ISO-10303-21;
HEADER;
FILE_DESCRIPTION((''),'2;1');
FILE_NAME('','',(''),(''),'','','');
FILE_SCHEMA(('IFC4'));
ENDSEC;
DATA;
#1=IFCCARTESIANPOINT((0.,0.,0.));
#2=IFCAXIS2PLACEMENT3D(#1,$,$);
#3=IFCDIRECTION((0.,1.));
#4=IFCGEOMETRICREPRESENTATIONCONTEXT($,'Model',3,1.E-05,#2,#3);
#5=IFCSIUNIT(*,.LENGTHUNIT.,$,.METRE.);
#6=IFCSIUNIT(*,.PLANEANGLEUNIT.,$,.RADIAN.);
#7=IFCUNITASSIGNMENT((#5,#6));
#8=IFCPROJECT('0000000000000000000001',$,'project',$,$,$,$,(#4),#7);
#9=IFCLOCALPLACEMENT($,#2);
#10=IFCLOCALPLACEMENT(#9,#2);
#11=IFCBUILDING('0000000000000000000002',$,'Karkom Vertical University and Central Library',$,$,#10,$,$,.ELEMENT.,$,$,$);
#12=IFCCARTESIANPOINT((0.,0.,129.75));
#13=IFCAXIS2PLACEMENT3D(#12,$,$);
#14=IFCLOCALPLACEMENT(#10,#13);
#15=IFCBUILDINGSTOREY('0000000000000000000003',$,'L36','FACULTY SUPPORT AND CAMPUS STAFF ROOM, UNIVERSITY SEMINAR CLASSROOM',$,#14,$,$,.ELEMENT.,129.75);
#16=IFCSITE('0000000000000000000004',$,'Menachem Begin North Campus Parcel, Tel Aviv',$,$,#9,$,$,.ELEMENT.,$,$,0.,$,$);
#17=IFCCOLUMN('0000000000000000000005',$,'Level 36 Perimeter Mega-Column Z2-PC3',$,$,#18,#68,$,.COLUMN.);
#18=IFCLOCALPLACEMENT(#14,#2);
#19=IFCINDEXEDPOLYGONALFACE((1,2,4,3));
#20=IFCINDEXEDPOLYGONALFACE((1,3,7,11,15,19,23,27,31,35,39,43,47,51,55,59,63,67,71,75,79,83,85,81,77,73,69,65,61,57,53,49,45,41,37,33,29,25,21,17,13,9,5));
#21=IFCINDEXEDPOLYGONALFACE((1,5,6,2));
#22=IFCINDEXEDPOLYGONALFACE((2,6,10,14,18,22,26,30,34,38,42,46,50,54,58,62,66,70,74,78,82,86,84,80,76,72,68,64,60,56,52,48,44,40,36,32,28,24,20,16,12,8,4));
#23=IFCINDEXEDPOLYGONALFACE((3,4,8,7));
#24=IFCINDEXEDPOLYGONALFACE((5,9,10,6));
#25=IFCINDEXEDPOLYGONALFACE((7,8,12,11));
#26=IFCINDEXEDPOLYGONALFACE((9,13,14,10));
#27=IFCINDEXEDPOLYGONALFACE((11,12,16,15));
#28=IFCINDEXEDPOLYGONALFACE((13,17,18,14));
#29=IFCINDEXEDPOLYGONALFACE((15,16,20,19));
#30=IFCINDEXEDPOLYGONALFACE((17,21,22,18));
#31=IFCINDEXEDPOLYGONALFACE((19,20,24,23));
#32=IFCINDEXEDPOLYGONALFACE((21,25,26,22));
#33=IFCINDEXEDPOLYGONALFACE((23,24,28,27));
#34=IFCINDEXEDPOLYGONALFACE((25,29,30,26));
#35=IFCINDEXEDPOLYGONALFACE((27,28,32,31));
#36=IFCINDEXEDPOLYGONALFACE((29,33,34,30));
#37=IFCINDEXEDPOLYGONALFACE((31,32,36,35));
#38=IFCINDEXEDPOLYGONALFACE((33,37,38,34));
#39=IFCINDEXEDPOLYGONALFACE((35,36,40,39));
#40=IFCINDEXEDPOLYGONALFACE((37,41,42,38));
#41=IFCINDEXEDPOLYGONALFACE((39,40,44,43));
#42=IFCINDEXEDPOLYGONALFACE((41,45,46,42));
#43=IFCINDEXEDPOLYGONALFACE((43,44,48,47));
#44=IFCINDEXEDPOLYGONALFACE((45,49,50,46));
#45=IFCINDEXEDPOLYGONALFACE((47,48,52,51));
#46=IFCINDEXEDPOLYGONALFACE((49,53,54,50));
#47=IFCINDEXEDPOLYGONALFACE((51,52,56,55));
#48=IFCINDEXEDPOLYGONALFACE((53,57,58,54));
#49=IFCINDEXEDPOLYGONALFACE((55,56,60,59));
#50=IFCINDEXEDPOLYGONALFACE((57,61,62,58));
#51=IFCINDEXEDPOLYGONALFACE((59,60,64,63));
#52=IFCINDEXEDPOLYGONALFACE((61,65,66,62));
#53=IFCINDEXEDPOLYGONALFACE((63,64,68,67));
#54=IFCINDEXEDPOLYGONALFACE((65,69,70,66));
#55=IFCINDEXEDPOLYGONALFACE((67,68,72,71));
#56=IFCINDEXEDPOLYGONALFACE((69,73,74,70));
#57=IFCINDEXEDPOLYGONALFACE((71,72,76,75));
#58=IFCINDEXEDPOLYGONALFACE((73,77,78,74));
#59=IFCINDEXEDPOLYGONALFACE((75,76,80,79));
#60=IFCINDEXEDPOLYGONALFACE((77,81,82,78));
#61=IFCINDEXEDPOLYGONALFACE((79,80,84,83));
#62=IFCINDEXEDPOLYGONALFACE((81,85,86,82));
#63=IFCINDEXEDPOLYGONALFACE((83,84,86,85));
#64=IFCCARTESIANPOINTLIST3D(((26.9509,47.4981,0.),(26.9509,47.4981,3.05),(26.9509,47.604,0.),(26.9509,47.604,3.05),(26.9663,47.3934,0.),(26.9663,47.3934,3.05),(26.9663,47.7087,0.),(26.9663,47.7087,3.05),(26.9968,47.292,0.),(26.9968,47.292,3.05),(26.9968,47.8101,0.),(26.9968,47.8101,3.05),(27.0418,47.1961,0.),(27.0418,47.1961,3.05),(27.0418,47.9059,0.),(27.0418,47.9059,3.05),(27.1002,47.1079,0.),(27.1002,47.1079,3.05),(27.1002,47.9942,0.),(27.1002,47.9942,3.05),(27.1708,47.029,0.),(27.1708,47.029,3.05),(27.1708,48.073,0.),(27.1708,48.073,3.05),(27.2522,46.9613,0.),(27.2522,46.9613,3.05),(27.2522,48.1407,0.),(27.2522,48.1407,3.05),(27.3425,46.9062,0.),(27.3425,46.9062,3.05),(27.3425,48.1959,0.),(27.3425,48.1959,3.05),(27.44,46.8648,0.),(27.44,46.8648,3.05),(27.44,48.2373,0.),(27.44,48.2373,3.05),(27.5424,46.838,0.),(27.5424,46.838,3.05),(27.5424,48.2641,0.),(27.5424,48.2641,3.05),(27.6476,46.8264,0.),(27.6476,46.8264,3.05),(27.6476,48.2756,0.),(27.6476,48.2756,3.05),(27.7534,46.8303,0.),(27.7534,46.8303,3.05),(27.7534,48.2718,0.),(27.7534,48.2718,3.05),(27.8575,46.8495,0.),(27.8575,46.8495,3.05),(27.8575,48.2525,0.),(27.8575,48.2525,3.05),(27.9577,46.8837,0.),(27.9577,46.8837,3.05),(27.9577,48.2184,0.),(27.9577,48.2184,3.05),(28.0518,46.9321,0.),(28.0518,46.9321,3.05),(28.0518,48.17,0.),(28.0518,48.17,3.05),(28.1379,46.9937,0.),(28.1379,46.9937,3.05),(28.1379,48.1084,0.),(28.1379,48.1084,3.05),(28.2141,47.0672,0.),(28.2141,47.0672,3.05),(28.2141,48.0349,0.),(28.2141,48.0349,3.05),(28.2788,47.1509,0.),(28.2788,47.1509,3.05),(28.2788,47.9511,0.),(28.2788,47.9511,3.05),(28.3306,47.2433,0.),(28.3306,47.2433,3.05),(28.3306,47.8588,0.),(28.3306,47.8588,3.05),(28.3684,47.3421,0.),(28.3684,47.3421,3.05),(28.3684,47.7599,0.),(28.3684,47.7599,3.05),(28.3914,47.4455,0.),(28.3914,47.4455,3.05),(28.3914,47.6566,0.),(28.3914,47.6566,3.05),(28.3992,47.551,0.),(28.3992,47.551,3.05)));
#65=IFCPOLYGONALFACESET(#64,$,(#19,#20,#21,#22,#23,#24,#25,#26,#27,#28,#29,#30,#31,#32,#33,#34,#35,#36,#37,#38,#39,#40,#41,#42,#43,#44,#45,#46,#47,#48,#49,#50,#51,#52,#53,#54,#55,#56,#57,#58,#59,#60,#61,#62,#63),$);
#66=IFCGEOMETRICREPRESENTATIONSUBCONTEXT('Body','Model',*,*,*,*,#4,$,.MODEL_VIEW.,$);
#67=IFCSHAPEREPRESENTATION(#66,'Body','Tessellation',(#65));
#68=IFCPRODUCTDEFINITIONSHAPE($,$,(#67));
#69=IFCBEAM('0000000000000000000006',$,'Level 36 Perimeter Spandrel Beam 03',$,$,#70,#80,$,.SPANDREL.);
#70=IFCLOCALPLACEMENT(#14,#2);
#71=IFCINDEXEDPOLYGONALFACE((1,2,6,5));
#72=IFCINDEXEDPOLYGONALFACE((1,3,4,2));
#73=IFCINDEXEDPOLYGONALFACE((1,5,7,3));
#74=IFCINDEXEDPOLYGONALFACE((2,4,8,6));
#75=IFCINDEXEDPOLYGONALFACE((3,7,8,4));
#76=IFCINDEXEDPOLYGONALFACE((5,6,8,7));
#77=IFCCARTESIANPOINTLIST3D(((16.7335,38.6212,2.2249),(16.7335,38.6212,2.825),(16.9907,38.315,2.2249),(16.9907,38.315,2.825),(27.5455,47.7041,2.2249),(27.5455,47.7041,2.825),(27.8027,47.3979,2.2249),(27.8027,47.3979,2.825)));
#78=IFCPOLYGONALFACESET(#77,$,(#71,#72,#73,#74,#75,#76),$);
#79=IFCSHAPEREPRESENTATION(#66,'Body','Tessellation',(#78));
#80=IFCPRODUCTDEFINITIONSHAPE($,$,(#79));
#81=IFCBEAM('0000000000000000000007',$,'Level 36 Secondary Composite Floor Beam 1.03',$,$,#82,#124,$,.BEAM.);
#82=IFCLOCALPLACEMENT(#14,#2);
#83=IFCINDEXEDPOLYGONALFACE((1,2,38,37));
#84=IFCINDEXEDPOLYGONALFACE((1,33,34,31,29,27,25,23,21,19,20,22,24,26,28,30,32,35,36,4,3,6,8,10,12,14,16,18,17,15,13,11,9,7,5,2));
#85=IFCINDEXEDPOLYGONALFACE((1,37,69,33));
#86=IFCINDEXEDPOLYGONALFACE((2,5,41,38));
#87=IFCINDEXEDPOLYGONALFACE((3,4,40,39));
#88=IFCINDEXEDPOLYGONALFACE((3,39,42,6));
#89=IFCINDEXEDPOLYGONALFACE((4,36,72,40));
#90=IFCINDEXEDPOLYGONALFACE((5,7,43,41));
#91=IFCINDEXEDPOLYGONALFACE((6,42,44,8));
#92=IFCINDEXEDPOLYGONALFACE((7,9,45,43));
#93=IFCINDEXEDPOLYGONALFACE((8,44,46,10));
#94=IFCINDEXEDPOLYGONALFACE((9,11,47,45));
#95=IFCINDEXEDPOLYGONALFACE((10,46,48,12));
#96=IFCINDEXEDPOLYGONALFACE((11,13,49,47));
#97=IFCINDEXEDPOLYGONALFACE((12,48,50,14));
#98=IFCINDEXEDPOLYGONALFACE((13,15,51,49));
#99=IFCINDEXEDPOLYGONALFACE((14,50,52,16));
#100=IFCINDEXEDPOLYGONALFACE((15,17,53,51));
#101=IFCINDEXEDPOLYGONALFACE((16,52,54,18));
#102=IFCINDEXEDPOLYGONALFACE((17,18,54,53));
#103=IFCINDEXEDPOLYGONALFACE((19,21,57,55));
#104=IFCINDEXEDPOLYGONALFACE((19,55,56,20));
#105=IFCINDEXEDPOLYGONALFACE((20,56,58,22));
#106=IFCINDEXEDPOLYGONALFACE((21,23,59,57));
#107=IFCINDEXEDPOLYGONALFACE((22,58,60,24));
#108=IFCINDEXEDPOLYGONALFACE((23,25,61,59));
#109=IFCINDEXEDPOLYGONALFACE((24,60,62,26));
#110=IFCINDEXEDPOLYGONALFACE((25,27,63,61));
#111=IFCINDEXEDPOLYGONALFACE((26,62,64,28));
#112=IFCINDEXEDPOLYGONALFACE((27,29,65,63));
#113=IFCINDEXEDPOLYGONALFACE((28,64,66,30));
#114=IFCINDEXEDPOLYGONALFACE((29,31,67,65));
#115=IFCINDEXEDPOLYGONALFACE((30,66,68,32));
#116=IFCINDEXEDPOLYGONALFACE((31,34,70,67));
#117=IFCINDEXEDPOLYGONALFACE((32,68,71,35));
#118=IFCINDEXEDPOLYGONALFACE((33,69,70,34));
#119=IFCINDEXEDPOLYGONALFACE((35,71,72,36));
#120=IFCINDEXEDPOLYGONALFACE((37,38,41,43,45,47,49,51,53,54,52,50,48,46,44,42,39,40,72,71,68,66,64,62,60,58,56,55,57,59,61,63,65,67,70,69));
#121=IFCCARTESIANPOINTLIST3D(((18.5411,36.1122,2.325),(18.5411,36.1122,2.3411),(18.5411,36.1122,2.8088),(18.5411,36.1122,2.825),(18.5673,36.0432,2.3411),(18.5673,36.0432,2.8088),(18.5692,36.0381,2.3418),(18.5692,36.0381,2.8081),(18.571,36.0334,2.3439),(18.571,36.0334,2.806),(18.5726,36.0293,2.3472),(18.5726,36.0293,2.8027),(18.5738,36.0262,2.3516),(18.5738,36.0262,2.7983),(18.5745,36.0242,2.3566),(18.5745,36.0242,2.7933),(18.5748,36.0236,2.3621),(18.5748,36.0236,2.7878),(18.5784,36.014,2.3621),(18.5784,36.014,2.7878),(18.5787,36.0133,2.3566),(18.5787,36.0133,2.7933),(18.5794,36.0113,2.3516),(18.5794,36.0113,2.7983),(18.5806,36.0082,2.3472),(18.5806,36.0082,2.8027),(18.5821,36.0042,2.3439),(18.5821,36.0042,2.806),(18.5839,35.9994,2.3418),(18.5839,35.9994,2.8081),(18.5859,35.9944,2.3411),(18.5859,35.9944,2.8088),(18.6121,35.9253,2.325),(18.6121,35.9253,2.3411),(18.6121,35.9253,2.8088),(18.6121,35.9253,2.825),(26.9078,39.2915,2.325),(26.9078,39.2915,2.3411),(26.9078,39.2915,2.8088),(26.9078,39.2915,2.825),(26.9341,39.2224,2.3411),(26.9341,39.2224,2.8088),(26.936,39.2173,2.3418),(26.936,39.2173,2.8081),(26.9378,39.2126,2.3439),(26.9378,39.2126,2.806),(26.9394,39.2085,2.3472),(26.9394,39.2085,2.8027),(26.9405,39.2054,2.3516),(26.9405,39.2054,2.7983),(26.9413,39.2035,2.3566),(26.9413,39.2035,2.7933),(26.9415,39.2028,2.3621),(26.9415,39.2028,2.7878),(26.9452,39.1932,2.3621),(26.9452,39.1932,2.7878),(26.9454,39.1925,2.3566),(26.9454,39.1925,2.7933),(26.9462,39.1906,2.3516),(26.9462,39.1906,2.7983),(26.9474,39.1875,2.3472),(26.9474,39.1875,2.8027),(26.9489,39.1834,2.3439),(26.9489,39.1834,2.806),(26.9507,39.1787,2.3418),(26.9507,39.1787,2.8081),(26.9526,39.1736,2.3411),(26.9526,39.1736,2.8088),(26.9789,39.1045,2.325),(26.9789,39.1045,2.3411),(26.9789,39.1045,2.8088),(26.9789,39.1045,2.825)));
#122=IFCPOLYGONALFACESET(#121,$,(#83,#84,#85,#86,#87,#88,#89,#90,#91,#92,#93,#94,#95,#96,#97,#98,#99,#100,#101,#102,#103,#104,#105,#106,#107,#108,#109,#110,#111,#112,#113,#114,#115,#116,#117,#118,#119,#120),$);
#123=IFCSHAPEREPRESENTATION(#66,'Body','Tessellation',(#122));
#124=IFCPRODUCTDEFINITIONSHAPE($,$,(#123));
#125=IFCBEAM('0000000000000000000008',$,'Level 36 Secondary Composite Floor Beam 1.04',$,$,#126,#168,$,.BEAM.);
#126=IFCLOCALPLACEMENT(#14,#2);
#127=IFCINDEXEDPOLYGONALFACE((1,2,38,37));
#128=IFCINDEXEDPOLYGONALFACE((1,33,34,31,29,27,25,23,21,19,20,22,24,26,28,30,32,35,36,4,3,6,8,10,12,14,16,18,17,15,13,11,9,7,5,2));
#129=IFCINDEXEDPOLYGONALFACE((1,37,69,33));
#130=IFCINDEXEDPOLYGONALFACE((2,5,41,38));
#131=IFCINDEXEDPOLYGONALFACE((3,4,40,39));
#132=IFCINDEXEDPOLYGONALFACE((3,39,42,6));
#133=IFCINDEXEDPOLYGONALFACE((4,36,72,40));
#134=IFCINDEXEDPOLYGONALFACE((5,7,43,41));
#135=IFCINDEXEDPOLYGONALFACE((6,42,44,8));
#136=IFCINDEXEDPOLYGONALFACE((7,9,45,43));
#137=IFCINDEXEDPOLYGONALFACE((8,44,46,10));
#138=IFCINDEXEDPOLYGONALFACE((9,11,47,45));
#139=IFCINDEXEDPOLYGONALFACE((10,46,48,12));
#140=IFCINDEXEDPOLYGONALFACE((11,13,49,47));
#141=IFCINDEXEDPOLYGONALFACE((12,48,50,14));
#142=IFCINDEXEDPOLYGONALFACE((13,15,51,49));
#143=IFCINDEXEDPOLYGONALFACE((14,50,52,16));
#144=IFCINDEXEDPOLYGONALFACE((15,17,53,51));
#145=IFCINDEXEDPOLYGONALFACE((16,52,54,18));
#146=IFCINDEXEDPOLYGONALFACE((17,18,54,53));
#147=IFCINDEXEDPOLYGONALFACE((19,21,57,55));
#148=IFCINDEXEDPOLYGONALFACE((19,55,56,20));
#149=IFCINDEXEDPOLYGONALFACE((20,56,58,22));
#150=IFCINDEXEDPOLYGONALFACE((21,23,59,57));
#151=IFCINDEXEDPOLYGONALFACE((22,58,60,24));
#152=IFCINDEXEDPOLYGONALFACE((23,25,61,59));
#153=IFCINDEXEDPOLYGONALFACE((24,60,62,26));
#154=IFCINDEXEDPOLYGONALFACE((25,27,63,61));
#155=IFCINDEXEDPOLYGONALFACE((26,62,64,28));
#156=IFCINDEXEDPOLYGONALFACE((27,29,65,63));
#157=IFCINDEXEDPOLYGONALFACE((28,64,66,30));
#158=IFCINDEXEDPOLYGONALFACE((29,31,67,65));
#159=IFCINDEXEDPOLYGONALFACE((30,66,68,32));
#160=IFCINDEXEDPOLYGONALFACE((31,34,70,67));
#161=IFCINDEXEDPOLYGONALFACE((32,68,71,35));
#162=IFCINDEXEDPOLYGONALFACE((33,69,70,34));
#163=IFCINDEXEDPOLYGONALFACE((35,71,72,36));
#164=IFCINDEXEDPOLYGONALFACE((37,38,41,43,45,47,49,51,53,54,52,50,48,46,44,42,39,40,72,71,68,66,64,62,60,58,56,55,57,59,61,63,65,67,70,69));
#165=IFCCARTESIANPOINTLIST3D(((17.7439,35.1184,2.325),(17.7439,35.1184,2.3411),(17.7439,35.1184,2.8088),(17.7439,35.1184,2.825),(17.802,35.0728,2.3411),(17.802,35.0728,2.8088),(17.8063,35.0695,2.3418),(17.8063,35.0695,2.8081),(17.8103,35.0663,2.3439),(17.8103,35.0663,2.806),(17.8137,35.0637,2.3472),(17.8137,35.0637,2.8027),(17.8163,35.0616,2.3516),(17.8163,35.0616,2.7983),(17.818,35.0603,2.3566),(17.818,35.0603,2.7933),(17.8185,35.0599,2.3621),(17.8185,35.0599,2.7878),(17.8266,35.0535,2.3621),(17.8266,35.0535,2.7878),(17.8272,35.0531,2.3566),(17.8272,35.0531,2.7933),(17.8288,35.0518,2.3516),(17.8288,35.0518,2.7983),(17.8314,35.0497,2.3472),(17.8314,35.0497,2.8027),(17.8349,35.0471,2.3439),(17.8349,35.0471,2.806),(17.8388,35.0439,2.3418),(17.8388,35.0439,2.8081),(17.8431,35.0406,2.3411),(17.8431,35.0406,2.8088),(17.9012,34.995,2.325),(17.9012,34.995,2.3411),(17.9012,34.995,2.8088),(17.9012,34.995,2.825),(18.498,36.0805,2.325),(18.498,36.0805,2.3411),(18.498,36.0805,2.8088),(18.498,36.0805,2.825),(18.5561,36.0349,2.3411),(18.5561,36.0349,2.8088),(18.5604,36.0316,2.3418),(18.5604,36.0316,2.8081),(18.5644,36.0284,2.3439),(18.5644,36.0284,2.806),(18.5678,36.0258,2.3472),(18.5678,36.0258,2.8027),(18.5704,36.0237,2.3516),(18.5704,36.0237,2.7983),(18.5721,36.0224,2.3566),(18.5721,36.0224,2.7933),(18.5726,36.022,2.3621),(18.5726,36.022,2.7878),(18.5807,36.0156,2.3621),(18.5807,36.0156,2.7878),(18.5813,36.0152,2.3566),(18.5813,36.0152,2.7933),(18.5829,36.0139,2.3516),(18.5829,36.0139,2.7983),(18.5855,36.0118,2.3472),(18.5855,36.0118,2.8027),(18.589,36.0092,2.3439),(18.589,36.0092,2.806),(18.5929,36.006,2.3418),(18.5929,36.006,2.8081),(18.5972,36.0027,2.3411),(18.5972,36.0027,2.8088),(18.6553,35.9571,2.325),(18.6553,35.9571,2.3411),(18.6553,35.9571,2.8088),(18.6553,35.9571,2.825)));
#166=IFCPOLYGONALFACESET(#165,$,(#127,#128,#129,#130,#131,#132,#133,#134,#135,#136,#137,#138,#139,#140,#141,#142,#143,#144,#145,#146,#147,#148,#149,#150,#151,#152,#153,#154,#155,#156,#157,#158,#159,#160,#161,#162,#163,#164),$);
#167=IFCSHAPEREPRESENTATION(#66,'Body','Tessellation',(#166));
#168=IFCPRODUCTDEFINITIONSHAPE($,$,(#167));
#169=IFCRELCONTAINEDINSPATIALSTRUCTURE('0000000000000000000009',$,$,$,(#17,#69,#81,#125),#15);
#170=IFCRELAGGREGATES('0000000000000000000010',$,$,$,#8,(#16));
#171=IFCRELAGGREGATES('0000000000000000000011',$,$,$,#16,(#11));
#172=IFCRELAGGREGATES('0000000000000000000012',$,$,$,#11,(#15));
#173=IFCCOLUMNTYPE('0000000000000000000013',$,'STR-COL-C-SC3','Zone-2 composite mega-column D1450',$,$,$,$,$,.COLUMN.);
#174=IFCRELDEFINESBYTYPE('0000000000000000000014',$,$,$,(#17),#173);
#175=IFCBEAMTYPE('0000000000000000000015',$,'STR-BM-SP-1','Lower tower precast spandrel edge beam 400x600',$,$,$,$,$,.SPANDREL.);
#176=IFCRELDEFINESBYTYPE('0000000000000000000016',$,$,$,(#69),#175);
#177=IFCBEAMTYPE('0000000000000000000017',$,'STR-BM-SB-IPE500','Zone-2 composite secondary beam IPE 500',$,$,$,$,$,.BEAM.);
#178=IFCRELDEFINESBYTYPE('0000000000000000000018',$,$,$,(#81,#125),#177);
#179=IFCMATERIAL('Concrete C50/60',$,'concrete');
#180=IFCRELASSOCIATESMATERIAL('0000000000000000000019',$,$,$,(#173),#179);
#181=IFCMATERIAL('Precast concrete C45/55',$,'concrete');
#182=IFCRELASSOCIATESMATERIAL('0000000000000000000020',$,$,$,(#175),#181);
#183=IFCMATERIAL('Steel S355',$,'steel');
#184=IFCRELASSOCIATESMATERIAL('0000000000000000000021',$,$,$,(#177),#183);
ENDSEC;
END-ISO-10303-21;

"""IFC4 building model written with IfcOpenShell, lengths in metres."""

from ifc_helpers import new_model, si_unit, direction, frame, origin, origin_with_axes, origin_2d, place, context, subcontext, project, spatial, rectangle, circle, i_section, extrude, source, transform, mapped, material, material_profile, profile_set, type_object, element, save


model = new_model("IFC4")

# Units and contexts
model_context = context("Model", 3, precision=1e-05, world=origin(), true_north=direction((0.0, 1.0)))
body_context = subcontext(model_context, "Body", "Model", "MODEL_VIEW")
ifc_project = project(units=[si_unit("LENGTHUNIT", "METRE"), si_unit("PLANEANGLEUNIT", "RADIAN")], contexts=[model_context])

# Site, building, storey
site_placement = place(None, origin())
site = spatial("IfcSite", under=ifc_project, at=site_placement, Name="Menachem Begin North Campus Parcel, Tel Aviv", CompositionType="ELEMENT", RefElevation=0.0)
building_placement = place(site_placement, origin())
building = spatial("IfcBuilding", under=site, at=building_placement, Name="Karkom Vertical University and Central Library", CompositionType="ELEMENT")
storey_placement = place(building_placement, frame((0.0, 0.0, 129.75)))
storey = spatial("IfcBuildingStorey", under=building, at=storey_placement, Name="L36", Description="FACULTY SUPPORT AND CAMPUS STAFF ROOM, UNIVERSITY SEMINAR CLASSROOM", CompositionType="ELEMENT", Elevation=129.75)

# Column
ifc_material_1 = material(Name="Concrete C50/60", Category="concrete")
ifc_material_profile_1 = material_profile(ifc_material_1, circle(Radius=0.7251, at=origin_2d()), Name="CFT-D1450")
ifc_profile_set_1 = profile_set([ifc_material_profile_1], Name="Concrete C50/60")
column_type = type_object("IfcColumnType", Name="STR-COL-C-SC3", Description="Zone-2 composite mega-column D1450", PredefinedType="COLUMN", material=ifc_profile_set_1)
shared_shape_1 = source(origin_with_axes(), body_context, "Body", "SweptSolid", [
    extrude(circle(Radius=0.7251, at=origin_2d()), origin(), (0.0, 0.0, 1.0), 3.05),
])
column_placement = place(storey_placement, frame((27.6741, 47.551, 0.0), z_axis=(0.0, 0.0, 1.0), x_axis=(1.0, 0.0, 0.0)))
element("IfcColumn", 1, at=column_placement, inside=storey, type_object=column_type, Name="Level 36 Perimeter Mega-Column Z2-PC3", PredefinedType="COLUMN", context=body_context, shape_type="MappedRepresentation", body=[
    mapped(shared_shape_1, transform((0.0, 0.0, 0.0), scale=1.0)),
])

# Beams
ifc_material_2 = material(Name="Precast concrete C45/55", Category="concrete")
ifc_material_profile_2 = material_profile(ifc_material_2, rectangle(XDim=0.3999, YDim=0.6001, at=origin_2d()), Name="SPB-400x600")
ifc_profile_set_2 = profile_set([ifc_material_profile_2], Name="Precast concrete C45/55")
beam_type_1 = type_object("IfcBeamType", Name="STR-BM-SP-1", Description="Lower tower precast spandrel edge beam 400x600", PredefinedType="SPANDREL", material=ifc_profile_set_2)
shared_shape_2 = source(origin_with_axes(), body_context, "Body", "SweptSolid", [
    extrude(rectangle(XDim=0.3999, YDim=0.6001, at=origin_2d()), origin(), (0.0, 0.0, 1.0), 14.1208),
])
beam_1_placement = place(storey_placement, frame((27.6741, 47.551, 2.5249), z_axis=(-0.765673, -0.64323, 0.0), x_axis=(0.64323, -0.765673, 0.0)))
element("IfcBeam", 2, at=beam_1_placement, inside=storey, type_object=beam_type_1, Name="Level 36 Perimeter Spandrel Beam 03", PredefinedType="SPANDREL", context=body_context, shape_type="MappedRepresentation", body=[
    mapped(shared_shape_2, transform((0.0, 0.0, 0.0), scale=1.0)),
])
ifc_material_3 = material(Name="Steel S355", Category="steel")
ifc_material_profile_3 = material_profile(ifc_material_3, i_section(OverallWidth=0.2, OverallDepth=0.5, WebThickness=0.0103, FlangeThickness=0.0161, FilletRadius=0.021, at=origin_2d()), Name="IPE 500")
ifc_profile_set_3 = profile_set([ifc_material_profile_3], Name="Steel S355")
beam_type_2 = type_object("IfcBeamType", Name="STR-BM-SB-IPE500", Description="Zone-2 composite secondary beam IPE 500", PredefinedType="BEAM", material=ifc_profile_set_3)
shared_shape_3 = source(origin_with_axes(), body_context, "Body", "SweptSolid", [
    extrude(i_section(OverallWidth=0.2, OverallDepth=0.5, WebThickness=0.0103, FlangeThickness=0.0161, FilletRadius=0.021, at=origin_2d()), origin(), (0.0, 0.0, 1.0), 8.9504),
])
beam_2_placement = place(storey_placement, frame((26.9434, 39.198, 2.575), z_axis=(-0.934789, -0.355203, 0.0), x_axis=(0.355203, -0.934789, 0.0)))
element("IfcBeam", 3, at=beam_2_placement, inside=storey, type_object=beam_type_2, Name="Level 36 Secondary Composite Floor Beam 1.03", PredefinedType="BEAM", context=body_context, shape_type="MappedRepresentation", body=[
    mapped(shared_shape_3, transform((0.0, 0.0, 0.0), scale=1.0)),
])
shared_shape_4 = source(origin_with_axes(), body_context, "Body", "SweptSolid", [
    extrude(i_section(OverallWidth=0.2, OverallDepth=0.5, WebThickness=0.0103, FlangeThickness=0.0161, FilletRadius=0.021, at=origin_2d()), origin(), (0.0, 0.0, 1.0), 1.2224),
])
beam_3_placement = place(storey_placement, frame((18.5767, 36.0188, 2.575), z_axis=(-0.616895, -0.787045, 0.0), x_axis=(0.787045, -0.616895, 0.0)))
element("IfcBeam", 4, at=beam_3_placement, inside=storey, type_object=beam_type_2, Name="Level 36 Secondary Composite Floor Beam 1.04", PredefinedType="BEAM", context=body_context, shape_type="MappedRepresentation", body=[
    mapped(shared_shape_4, transform((0.0, 0.0, 0.0), scale=1.0)),
])

save(model, "model.ifc")
